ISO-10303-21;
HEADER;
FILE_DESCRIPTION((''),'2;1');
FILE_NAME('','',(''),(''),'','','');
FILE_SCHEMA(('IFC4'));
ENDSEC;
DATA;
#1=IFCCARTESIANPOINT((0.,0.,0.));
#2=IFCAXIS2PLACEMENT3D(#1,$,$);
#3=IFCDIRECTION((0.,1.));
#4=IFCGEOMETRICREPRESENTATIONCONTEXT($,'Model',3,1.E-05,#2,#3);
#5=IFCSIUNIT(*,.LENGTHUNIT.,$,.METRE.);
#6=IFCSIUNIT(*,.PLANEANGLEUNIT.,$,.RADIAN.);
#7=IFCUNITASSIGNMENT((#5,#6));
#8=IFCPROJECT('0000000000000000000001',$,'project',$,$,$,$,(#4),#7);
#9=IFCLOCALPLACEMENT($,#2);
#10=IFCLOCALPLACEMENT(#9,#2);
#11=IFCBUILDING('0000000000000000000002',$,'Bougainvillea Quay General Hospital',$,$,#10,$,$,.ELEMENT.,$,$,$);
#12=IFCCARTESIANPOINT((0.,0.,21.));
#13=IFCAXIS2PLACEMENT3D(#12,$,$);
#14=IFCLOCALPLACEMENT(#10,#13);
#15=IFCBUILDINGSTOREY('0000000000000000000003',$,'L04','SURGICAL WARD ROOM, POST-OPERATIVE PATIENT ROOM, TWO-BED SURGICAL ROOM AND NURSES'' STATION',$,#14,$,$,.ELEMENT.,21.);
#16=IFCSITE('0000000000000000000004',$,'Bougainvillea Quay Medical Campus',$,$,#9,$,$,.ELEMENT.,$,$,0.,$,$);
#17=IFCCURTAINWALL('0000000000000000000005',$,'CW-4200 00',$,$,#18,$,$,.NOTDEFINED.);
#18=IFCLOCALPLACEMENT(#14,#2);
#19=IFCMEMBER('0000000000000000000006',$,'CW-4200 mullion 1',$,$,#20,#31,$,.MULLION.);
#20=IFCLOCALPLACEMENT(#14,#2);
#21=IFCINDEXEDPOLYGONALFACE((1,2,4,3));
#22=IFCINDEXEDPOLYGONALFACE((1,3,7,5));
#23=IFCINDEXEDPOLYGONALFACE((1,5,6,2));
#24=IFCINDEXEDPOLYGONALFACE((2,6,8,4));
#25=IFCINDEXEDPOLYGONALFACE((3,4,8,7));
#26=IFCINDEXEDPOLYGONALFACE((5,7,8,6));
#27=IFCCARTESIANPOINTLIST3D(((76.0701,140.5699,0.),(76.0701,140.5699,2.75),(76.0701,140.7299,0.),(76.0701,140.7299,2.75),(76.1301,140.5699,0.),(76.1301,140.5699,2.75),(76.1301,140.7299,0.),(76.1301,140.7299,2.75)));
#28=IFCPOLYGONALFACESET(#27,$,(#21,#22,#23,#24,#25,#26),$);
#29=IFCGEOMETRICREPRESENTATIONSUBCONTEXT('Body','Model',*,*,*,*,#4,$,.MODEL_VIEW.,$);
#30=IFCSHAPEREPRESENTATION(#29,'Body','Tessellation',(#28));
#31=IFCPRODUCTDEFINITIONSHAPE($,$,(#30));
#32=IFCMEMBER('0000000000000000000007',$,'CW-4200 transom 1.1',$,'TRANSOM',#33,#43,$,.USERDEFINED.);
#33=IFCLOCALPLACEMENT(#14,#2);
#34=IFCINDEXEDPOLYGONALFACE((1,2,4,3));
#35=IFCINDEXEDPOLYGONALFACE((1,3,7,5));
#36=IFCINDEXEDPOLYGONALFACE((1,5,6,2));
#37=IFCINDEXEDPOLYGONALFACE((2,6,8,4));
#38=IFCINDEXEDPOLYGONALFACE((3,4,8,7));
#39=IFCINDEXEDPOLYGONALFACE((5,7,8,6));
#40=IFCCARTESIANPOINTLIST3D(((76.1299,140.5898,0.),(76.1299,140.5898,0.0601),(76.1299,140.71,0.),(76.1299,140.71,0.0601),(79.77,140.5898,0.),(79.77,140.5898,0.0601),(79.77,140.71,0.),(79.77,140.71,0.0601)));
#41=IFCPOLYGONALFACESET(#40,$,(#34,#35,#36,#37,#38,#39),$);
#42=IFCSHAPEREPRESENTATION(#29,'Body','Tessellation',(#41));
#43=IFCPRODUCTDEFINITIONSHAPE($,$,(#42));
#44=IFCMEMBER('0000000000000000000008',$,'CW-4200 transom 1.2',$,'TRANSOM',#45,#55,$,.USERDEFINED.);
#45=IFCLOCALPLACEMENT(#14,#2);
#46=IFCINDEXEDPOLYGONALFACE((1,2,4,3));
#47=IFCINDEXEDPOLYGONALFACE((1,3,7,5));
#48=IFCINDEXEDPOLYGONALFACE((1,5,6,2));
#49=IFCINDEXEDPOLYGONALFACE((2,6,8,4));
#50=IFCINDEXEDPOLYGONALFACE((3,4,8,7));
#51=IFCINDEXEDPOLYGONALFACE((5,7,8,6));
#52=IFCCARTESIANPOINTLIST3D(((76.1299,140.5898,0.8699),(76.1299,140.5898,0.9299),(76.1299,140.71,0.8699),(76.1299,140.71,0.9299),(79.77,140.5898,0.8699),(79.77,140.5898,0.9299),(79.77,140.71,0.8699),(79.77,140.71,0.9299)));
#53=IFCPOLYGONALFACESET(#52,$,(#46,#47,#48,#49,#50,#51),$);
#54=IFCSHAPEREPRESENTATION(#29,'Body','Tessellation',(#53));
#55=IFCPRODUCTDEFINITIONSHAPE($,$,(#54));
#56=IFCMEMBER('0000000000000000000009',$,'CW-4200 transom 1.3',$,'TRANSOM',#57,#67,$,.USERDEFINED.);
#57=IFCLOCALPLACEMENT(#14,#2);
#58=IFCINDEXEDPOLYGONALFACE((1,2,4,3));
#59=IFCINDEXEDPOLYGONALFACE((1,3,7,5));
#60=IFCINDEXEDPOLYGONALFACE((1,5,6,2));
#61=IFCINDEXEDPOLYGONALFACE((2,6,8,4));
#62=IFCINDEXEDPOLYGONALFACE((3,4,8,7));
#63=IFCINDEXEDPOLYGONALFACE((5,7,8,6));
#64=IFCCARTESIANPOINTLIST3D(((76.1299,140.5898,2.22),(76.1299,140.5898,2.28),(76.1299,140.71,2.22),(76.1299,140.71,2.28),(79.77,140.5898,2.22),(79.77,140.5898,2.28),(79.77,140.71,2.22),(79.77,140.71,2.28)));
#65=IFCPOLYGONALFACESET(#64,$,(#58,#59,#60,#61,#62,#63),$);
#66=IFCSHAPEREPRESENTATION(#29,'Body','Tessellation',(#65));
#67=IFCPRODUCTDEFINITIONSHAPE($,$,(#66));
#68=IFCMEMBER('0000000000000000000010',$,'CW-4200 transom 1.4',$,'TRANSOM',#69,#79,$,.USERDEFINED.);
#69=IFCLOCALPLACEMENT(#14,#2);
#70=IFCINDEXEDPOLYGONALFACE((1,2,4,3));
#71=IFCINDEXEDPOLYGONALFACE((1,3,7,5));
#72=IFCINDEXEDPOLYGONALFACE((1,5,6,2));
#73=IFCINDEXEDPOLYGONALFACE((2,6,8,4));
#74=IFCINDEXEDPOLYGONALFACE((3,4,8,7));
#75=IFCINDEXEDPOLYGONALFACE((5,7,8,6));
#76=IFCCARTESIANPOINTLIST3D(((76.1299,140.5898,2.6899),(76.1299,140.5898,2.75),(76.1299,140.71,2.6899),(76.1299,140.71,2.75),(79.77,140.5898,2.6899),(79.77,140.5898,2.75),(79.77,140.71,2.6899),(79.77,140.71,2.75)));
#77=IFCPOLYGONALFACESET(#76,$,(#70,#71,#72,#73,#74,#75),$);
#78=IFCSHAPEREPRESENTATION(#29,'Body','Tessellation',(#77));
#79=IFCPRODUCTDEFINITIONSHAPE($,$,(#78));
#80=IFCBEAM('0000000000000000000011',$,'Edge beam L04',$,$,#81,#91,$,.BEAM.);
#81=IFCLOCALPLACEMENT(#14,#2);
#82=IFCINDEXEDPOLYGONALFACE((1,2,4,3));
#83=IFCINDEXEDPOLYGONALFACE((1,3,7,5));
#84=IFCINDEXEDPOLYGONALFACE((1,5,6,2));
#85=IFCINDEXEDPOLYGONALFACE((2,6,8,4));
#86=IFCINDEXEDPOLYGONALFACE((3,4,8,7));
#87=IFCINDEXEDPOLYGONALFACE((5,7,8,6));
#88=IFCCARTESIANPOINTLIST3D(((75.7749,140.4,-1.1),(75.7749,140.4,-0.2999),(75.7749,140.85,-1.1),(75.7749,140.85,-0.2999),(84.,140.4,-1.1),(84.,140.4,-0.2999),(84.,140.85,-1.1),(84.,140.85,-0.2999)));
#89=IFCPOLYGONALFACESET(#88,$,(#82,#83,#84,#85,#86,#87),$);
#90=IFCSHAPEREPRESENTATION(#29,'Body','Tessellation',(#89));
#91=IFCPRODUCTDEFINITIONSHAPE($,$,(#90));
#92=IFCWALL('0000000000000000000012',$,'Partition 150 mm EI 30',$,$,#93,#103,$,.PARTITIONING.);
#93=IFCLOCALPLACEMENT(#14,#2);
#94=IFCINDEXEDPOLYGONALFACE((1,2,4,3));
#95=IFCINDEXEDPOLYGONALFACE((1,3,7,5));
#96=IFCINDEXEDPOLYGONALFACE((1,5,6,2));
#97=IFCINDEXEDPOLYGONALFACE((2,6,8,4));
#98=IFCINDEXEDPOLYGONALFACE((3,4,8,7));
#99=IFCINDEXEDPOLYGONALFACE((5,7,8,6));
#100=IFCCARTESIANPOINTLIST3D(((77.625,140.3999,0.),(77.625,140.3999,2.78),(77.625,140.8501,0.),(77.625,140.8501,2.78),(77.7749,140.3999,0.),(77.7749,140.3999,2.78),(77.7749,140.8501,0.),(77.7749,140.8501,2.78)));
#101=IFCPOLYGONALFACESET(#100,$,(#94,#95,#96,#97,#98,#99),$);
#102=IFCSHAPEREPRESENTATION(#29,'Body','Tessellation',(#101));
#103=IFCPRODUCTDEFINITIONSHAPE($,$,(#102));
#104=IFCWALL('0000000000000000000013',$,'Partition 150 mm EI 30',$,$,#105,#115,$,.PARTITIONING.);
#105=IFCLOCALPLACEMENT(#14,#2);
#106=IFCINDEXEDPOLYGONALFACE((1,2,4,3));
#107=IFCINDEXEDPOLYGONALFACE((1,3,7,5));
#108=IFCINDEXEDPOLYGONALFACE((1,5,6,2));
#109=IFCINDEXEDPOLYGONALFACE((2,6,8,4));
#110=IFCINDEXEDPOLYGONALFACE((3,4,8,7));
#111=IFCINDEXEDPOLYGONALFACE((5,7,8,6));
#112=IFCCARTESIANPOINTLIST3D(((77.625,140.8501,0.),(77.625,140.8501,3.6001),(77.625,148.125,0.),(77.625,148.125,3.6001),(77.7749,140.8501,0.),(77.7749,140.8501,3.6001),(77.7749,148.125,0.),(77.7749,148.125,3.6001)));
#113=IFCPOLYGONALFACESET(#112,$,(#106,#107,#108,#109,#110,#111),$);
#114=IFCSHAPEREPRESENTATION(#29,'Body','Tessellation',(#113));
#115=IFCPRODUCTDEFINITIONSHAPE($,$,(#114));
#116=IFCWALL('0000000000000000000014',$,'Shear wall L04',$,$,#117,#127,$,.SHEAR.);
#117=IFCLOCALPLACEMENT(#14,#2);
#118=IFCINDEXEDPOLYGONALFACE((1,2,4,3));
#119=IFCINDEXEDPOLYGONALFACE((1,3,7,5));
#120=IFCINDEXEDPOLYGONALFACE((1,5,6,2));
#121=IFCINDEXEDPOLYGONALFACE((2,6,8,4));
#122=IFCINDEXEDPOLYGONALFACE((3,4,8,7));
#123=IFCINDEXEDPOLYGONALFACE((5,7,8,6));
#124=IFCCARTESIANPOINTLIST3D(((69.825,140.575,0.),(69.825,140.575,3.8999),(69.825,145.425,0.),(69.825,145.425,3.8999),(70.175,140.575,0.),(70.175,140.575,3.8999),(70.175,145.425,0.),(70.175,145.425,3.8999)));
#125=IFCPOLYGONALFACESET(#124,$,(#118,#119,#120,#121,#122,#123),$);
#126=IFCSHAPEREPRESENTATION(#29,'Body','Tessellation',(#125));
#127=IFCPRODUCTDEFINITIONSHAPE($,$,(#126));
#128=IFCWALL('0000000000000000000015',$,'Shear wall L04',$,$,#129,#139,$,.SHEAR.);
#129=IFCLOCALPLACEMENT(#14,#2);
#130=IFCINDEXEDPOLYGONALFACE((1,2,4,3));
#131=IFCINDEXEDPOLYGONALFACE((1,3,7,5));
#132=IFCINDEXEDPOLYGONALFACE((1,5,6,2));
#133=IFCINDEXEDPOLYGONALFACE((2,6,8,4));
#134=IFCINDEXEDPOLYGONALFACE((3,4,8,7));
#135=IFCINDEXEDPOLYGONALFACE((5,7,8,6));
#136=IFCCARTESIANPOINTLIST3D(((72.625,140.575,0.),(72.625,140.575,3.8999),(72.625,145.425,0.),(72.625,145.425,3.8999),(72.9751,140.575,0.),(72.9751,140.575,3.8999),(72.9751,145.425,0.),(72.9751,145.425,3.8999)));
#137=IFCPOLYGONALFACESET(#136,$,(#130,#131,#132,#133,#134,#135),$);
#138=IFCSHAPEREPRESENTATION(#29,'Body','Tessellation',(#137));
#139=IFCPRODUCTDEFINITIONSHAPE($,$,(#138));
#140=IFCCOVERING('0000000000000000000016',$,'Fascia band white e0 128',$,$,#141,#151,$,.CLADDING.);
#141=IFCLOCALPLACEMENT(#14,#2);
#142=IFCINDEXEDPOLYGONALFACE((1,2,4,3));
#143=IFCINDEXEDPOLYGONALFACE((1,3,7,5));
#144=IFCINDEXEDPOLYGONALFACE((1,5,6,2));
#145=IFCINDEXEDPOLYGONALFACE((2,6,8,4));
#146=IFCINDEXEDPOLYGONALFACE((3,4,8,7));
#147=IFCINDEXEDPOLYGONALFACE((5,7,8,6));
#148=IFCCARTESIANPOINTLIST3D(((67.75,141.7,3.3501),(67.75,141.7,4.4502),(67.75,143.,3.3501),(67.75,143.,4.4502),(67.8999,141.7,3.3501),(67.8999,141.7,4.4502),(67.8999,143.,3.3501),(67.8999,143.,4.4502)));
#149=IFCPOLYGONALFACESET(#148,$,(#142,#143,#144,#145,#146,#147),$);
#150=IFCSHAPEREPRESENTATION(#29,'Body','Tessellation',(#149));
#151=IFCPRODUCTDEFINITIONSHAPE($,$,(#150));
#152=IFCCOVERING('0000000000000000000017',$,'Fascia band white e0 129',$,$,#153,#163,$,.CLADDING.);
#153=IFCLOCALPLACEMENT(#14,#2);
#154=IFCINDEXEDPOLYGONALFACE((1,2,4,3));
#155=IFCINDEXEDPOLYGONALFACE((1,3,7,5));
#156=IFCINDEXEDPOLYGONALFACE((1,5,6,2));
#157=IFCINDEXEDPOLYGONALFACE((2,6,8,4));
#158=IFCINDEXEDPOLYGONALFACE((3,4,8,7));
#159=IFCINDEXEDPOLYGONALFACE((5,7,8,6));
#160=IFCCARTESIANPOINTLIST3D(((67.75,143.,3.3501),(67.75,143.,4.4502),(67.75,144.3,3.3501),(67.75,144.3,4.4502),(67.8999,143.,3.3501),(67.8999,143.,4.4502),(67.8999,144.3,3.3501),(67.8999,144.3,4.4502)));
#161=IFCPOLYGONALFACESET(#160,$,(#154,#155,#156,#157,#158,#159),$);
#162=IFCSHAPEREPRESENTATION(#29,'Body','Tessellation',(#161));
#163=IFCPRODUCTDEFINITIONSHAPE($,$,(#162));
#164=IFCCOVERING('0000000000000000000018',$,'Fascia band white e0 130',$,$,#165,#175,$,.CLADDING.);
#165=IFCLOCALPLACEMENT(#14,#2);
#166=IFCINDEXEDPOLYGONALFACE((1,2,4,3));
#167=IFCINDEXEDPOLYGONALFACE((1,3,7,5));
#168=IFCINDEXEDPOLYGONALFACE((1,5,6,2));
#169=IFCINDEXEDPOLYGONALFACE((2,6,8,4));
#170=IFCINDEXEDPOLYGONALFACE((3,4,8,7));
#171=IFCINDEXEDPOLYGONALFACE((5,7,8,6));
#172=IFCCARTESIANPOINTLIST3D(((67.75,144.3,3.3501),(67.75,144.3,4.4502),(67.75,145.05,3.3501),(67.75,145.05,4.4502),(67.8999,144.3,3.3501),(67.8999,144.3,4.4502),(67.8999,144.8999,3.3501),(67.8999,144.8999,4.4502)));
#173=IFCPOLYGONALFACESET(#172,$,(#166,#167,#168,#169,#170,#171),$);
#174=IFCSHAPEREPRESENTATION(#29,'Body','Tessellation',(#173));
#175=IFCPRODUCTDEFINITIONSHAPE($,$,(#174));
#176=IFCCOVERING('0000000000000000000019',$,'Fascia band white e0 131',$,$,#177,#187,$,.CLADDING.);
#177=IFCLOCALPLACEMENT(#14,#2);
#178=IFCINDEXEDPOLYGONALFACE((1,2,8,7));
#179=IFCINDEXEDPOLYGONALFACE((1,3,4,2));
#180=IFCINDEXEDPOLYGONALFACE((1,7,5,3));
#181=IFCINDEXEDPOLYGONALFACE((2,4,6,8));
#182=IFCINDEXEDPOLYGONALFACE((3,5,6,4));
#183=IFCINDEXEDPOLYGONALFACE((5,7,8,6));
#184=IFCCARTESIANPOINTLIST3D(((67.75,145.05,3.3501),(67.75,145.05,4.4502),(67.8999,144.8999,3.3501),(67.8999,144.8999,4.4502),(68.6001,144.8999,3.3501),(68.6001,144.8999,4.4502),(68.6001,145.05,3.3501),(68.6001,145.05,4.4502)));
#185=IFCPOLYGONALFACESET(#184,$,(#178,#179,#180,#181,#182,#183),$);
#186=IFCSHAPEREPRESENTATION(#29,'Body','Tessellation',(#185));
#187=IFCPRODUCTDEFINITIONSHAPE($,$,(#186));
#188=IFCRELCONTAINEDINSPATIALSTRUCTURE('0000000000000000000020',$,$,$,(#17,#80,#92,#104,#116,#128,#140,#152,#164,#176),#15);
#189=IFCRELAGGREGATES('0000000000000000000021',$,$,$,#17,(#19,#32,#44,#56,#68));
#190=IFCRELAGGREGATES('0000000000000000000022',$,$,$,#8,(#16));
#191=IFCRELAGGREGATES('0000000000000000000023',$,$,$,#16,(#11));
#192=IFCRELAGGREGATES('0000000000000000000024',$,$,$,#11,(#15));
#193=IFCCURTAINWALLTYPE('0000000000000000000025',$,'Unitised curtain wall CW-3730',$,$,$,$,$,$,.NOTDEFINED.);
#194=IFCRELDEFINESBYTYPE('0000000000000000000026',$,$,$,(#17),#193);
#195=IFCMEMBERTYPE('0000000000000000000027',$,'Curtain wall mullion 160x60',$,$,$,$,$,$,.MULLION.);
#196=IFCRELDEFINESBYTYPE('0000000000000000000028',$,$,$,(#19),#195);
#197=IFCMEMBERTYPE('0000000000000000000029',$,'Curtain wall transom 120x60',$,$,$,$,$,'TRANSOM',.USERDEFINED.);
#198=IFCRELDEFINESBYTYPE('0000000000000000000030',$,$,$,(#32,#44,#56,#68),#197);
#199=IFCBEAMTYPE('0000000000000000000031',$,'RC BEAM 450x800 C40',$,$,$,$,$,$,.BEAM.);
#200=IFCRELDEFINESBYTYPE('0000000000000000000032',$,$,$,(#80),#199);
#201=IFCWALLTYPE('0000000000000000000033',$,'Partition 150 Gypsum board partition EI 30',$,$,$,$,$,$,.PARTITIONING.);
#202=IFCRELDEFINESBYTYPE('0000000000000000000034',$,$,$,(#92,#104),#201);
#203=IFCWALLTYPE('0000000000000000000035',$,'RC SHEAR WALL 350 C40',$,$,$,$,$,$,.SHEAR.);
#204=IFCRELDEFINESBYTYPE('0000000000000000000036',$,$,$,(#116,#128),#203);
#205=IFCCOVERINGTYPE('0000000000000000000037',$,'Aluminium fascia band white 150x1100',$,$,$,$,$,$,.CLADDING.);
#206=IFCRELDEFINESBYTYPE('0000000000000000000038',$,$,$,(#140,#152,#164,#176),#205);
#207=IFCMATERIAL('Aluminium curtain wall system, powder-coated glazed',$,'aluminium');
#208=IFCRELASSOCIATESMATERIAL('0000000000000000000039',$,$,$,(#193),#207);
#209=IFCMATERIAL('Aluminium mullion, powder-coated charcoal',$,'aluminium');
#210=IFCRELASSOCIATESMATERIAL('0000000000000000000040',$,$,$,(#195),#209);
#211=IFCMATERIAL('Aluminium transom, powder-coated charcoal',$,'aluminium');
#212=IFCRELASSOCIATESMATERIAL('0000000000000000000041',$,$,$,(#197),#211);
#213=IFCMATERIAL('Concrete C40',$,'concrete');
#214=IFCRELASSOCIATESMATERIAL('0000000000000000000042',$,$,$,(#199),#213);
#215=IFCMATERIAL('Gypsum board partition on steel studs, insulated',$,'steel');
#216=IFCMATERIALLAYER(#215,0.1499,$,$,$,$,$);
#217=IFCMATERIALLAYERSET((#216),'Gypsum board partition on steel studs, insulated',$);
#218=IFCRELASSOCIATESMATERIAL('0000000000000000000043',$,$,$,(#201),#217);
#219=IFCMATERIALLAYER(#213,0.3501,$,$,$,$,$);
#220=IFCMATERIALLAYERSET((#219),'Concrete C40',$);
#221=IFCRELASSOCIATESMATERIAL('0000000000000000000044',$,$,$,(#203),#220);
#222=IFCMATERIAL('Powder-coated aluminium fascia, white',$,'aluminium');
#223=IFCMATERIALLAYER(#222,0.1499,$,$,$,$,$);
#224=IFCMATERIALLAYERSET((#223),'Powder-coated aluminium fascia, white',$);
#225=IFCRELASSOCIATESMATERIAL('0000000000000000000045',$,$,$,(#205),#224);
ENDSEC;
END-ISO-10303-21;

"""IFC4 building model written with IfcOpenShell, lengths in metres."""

from ifc_helpers import new_model, si_unit, direction, frame, frame_2d, origin, origin_2d, place, context, subcontext, project, spatial, polyline, rectangle, outline, extrude, material, layer, layer_set, material_profile, profile_set, type_object, element, aggregate, save


model = new_model("IFC4")

# Units and contexts
model_context = context("Model", 3, precision=1e-05, world=origin(), true_north=direction((0.0, 1.0)))
body_context = subcontext(model_context, "Body", "Model", "MODEL_VIEW")
ifc_project = project(units=[si_unit("LENGTHUNIT", "METRE"), si_unit("PLANEANGLEUNIT", "RADIAN")], contexts=[model_context])

# Site, building, storey
site_placement = place(None, origin())
site = spatial("IfcSite", under=ifc_project, at=site_placement, Name="Bougainvillea Quay Medical Campus", CompositionType="ELEMENT", RefElevation=0.0)
building_placement = place(site_placement, origin())
building = spatial("IfcBuilding", under=site, at=building_placement, Name="Bougainvillea Quay General Hospital", CompositionType="ELEMENT")
storey_placement = place(building_placement, frame((0.0, 0.0, 21.0)))
storey = spatial("IfcBuildingStorey", under=building, at=storey_placement, Name="L04", Description="SURGICAL WARD ROOM, POST-OPERATIVE PATIENT ROOM, TWO-BED SURGICAL ROOM AND NURSES' STATION", CompositionType="ELEMENT", Elevation=21.0)

# Curtain wall, members
ifc_material_1 = material(Name="Aluminium curtain wall system, powder-coated glazed", Category="aluminium")
curtain_wall_type = type_object("IfcCurtainWallType", Name="Unitised curtain wall CW-3730", PredefinedType="NOTDEFINED", material=ifc_material_1)
curtain_wall_placement = place(storey_placement, origin())
curtain_wall = element("IfcCurtainWall", 1, at=curtain_wall_placement, inside=storey, type_object=curtain_wall_type, Name="CW-4200 00", PredefinedType="NOTDEFINED")
ifc_material_2 = material(Name="Aluminium mullion, powder-coated charcoal", Category="aluminium")
ifc_material_profile_1 = material_profile(ifc_material_2, rectangle(XDim=0.1599, YDim=0.0601, at=origin_2d()))
ifc_profile_set_1 = profile_set([ifc_material_profile_1], Name="Aluminium mullion, powder-coated charcoal")
member_type_1 = type_object("IfcMemberType", Name="Curtain wall mullion 160x60", PredefinedType="MULLION", material=ifc_profile_set_1)
member_1_placement = place(storey_placement, frame((76.1001, 140.6499, 0.0), z_axis=(0.0, 0.0, 1.0), x_axis=(0.0, 1.0, 0.0)))
member_1 = element("IfcMember", 2, at=member_1_placement, type_object=member_type_1, Name="CW-4200 mullion 1", PredefinedType="MULLION", context=body_context, shape_type="SweptSolid", body=[
    extrude(rectangle(XDim=0.1599, YDim=0.0601, at=origin_2d()), origin(), (0.0, 0.0, 1.0), 2.75),
])
ifc_material_3 = material(Name="Aluminium transom, powder-coated charcoal", Category="aluminium")
ifc_material_profile_2 = material_profile(ifc_material_3, rectangle(XDim=0.1201, YDim=0.0601, at=origin_2d()))
ifc_profile_set_2 = profile_set([ifc_material_profile_2], Name="Aluminium transom, powder-coated charcoal")
member_type_2 = type_object("IfcMemberType", Name="Curtain wall transom 120x60", ElementType="TRANSOM", PredefinedType="USERDEFINED", material=ifc_profile_set_2)
member_2_placement = place(storey_placement, frame((76.1299, 140.6499, 0.03), z_axis=(1.0, 0.0, 0.0), x_axis=(0.0, 1.0, 0.0)))
member_2 = element("IfcMember", 3, at=member_2_placement, type_object=member_type_2, Name="CW-4200 transom 1.1", ObjectType="TRANSOM", PredefinedType="USERDEFINED", context=body_context, shape_type="SweptSolid", body=[
    extrude(rectangle(XDim=0.1201, YDim=0.0601, at=origin_2d()), origin(), (0.0, 0.0, 1.0), 3.6401),
])
member_3_placement = place(storey_placement, frame((76.1299, 140.6499, 0.8999), z_axis=(1.0, 0.0, 0.0), x_axis=(0.0, 1.0, 0.0)))
member_3 = element("IfcMember", 4, at=member_3_placement, type_object=member_type_2, Name="CW-4200 transom 1.2", ObjectType="TRANSOM", PredefinedType="USERDEFINED", context=body_context, shape_type="SweptSolid", body=[
    extrude(rectangle(XDim=0.1201, YDim=0.0601, at=origin_2d()), origin(), (0.0, 0.0, 1.0), 3.6401),
])
member_4_placement = place(storey_placement, frame((76.1299, 140.6499, 2.25), z_axis=(1.0, 0.0, 0.0), x_axis=(0.0, 1.0, 0.0)))
member_4 = element("IfcMember", 5, at=member_4_placement, type_object=member_type_2, Name="CW-4200 transom 1.3", ObjectType="TRANSOM", PredefinedType="USERDEFINED", context=body_context, shape_type="SweptSolid", body=[
    extrude(rectangle(XDim=0.1201, YDim=0.0601, at=origin_2d()), origin(), (0.0, 0.0, 1.0), 3.6401),
])
member_5_placement = place(storey_placement, frame((76.1299, 140.6499, 2.72), z_axis=(1.0, 0.0, 0.0), x_axis=(0.0, 1.0, 0.0)))
member_5 = element("IfcMember", 6, at=member_5_placement, type_object=member_type_2, Name="CW-4200 transom 1.4", ObjectType="TRANSOM", PredefinedType="USERDEFINED", context=body_context, shape_type="SweptSolid", body=[
    extrude(rectangle(XDim=0.1201, YDim=0.0601, at=origin_2d()), origin(), (0.0, 0.0, 1.0), 3.6401),
])
aggregate(curtain_wall, [member_1, member_2, member_3, member_4, member_5])

# Beam
ifc_material_4 = material(Name="Concrete C40", Category="concrete")
ifc_material_profile_3 = material_profile(ifc_material_4, rectangle(XDim=0.45, YDim=0.8, at=origin_2d()))
ifc_profile_set_3 = profile_set([ifc_material_profile_3], Name="Concrete C40")
beam_type = type_object("IfcBeamType", Name="RC BEAM 450x800 C40", PredefinedType="BEAM", material=ifc_profile_set_3)
beam_placement = place(storey_placement, frame((75.7749, 140.625, -0.7), z_axis=(1.0, 0.0, 0.0), x_axis=(0.0, 1.0, 0.0)))
element("IfcBeam", 7, at=beam_placement, inside=storey, type_object=beam_type, Name="Edge beam L04", PredefinedType="BEAM", context=body_context, shape_type="SweptSolid", body=[
    extrude(rectangle(XDim=0.45, YDim=0.8, at=origin_2d()), origin(), (0.0, 0.0, 1.0), 8.2251),
])

# Walls
ifc_material_5 = material(Name="Gypsum board partition on steel studs, insulated", Category="steel")
ifc_layer_1 = layer(ifc_material_5, 0.1499)
ifc_layer_set_1 = layer_set([ifc_layer_1], Name="Gypsum board partition on steel studs, insulated")
wall_type_1 = type_object("IfcWallType", Name="Partition 150 Gypsum board partition EI 30", PredefinedType="PARTITIONING", material=ifc_layer_set_1)
wall_1_placement = place(storey_placement, frame((77.7, 140.3999, 0.0), z_axis=(0.0, 0.0, 1.0), x_axis=(0.0, 1.0, 0.0)))
element("IfcWall", 8, at=wall_1_placement, inside=storey, type_object=wall_type_1, Name="Partition 150 mm EI 30", PredefinedType="PARTITIONING", context=body_context, shape_type="SweptSolid", body=[
    extrude(rectangle(XDim=0.4502, YDim=0.1499, at=frame_2d((0.2251, 0.0))), origin(), (0.0, 0.0, 1.0), 2.78),
])
wall_2_placement = place(storey_placement, frame((77.7, 140.8501, 0.0), z_axis=(0.0, 0.0, 1.0), x_axis=(0.0, 1.0, 0.0)))
element("IfcWall", 9, at=wall_2_placement, inside=storey, type_object=wall_type_1, Name="Partition 150 mm EI 30", PredefinedType="PARTITIONING", context=body_context, shape_type="SweptSolid", body=[
    extrude(rectangle(XDim=7.2749, YDim=0.1499, at=frame_2d((3.6375, 0.0))), origin(), (0.0, 0.0, 1.0), 3.6001),
])
ifc_layer_2 = layer(ifc_material_4, 0.3501)
ifc_layer_set_2 = layer_set([ifc_layer_2], Name="Concrete C40")
wall_type_2 = type_object("IfcWallType", Name="RC SHEAR WALL 350 C40", PredefinedType="SHEAR", material=ifc_layer_set_2)
for number, where, z_axis, x_axis, name in (
    (10, (70.0, 140.575, 0.0), (0.0, 0.0, 1.0), (0.0, 1.0, 0.0), "Shear wall L04"),
    (11, (72.8, 140.575, 0.0), (0.0, 0.0, 1.0), (0.0, 1.0, 0.0), "Shear wall L04"),
):
    element("IfcWall", number, at=place(storey_placement, frame(where, z_axis=z_axis, x_axis=x_axis)), inside=storey, type_object=wall_type_2, Name=name, PredefinedType="SHEAR", context=body_context, shape_type="SweptSolid", body=[
        extrude(rectangle(XDim=4.8501, YDim=0.3501, at=frame_2d((2.425, 0.0))), origin(), (0.0, 0.0, 1.0), 3.8999),
    ])

# Coverings
ifc_material_6 = material(Name="Powder-coated aluminium fascia, white", Category="aluminium")
ifc_layer_3 = layer(ifc_material_6, 0.1499)
ifc_layer_set_3 = layer_set([ifc_layer_3], Name="Powder-coated aluminium fascia, white")
covering_type = type_object("IfcCoveringType", Name="Aluminium fascia band white 150x1100", PredefinedType="CLADDING", material=ifc_layer_set_3)
for number, where, z_axis, x_axis, name in (
    (12, (67.75, 141.7, 3.3501), (0.0, 0.0, 1.0), (0.0, 1.0, 0.0), "Fascia band white e0 128"),
    (13, (67.75, 143.0, 3.3501), (0.0, 0.0, 1.0), (0.0, 1.0, 0.0), "Fascia band white e0 129"),
):
    element("IfcCovering", number, at=place(storey_placement, frame(where, z_axis=z_axis, x_axis=x_axis)), inside=storey, type_object=covering_type, Name=name, PredefinedType="CLADDING", context=body_context, shape_type="SweptSolid", body=[
        extrude(outline(polyline([(0.0, 0.0), (1.3, 0.0), (1.3, -0.1499), (0.0, -0.1499), (0.0, 0.0)])), origin(), (0.0, 0.0, 1.0), 1.1001),
    ])
covering_1_placement = place(storey_placement, frame((67.75, 144.3, 3.3501), z_axis=(0.0, 0.0, 1.0), x_axis=(0.0, 1.0, 0.0)))
element("IfcCovering", 14, at=covering_1_placement, inside=storey, type_object=covering_type, Name="Fascia band white e0 130", PredefinedType="CLADDING", context=body_context, shape_type="SweptSolid", body=[
    extrude(outline(polyline([(0.0, 0.0), (0.75, 0.0), (0.5999, -0.1499), (0.0, -0.1499), (0.0, 0.0)])), origin(), (0.0, 0.0, 1.0), 1.1001),
])
covering_2_placement = place(storey_placement, frame((67.75, 145.05, 3.3501), z_axis=(0.0, 0.0, 1.0), x_axis=(1.0, 0.0, 0.0)))
element("IfcCovering", 15, at=covering_2_placement, inside=storey, type_object=covering_type, Name="Fascia band white e0 131", PredefinedType="CLADDING", context=body_context, shape_type="SweptSolid", body=[
    extrude(outline(polyline([(0.0, 0.0), (0.8501, 0.0), (0.8501, -0.1501), (0.1499, -0.1501), (0.0, 0.0)])), origin(), (0.0, 0.0, 1.0), 1.1001),
])

save(model, "model.ifc")
